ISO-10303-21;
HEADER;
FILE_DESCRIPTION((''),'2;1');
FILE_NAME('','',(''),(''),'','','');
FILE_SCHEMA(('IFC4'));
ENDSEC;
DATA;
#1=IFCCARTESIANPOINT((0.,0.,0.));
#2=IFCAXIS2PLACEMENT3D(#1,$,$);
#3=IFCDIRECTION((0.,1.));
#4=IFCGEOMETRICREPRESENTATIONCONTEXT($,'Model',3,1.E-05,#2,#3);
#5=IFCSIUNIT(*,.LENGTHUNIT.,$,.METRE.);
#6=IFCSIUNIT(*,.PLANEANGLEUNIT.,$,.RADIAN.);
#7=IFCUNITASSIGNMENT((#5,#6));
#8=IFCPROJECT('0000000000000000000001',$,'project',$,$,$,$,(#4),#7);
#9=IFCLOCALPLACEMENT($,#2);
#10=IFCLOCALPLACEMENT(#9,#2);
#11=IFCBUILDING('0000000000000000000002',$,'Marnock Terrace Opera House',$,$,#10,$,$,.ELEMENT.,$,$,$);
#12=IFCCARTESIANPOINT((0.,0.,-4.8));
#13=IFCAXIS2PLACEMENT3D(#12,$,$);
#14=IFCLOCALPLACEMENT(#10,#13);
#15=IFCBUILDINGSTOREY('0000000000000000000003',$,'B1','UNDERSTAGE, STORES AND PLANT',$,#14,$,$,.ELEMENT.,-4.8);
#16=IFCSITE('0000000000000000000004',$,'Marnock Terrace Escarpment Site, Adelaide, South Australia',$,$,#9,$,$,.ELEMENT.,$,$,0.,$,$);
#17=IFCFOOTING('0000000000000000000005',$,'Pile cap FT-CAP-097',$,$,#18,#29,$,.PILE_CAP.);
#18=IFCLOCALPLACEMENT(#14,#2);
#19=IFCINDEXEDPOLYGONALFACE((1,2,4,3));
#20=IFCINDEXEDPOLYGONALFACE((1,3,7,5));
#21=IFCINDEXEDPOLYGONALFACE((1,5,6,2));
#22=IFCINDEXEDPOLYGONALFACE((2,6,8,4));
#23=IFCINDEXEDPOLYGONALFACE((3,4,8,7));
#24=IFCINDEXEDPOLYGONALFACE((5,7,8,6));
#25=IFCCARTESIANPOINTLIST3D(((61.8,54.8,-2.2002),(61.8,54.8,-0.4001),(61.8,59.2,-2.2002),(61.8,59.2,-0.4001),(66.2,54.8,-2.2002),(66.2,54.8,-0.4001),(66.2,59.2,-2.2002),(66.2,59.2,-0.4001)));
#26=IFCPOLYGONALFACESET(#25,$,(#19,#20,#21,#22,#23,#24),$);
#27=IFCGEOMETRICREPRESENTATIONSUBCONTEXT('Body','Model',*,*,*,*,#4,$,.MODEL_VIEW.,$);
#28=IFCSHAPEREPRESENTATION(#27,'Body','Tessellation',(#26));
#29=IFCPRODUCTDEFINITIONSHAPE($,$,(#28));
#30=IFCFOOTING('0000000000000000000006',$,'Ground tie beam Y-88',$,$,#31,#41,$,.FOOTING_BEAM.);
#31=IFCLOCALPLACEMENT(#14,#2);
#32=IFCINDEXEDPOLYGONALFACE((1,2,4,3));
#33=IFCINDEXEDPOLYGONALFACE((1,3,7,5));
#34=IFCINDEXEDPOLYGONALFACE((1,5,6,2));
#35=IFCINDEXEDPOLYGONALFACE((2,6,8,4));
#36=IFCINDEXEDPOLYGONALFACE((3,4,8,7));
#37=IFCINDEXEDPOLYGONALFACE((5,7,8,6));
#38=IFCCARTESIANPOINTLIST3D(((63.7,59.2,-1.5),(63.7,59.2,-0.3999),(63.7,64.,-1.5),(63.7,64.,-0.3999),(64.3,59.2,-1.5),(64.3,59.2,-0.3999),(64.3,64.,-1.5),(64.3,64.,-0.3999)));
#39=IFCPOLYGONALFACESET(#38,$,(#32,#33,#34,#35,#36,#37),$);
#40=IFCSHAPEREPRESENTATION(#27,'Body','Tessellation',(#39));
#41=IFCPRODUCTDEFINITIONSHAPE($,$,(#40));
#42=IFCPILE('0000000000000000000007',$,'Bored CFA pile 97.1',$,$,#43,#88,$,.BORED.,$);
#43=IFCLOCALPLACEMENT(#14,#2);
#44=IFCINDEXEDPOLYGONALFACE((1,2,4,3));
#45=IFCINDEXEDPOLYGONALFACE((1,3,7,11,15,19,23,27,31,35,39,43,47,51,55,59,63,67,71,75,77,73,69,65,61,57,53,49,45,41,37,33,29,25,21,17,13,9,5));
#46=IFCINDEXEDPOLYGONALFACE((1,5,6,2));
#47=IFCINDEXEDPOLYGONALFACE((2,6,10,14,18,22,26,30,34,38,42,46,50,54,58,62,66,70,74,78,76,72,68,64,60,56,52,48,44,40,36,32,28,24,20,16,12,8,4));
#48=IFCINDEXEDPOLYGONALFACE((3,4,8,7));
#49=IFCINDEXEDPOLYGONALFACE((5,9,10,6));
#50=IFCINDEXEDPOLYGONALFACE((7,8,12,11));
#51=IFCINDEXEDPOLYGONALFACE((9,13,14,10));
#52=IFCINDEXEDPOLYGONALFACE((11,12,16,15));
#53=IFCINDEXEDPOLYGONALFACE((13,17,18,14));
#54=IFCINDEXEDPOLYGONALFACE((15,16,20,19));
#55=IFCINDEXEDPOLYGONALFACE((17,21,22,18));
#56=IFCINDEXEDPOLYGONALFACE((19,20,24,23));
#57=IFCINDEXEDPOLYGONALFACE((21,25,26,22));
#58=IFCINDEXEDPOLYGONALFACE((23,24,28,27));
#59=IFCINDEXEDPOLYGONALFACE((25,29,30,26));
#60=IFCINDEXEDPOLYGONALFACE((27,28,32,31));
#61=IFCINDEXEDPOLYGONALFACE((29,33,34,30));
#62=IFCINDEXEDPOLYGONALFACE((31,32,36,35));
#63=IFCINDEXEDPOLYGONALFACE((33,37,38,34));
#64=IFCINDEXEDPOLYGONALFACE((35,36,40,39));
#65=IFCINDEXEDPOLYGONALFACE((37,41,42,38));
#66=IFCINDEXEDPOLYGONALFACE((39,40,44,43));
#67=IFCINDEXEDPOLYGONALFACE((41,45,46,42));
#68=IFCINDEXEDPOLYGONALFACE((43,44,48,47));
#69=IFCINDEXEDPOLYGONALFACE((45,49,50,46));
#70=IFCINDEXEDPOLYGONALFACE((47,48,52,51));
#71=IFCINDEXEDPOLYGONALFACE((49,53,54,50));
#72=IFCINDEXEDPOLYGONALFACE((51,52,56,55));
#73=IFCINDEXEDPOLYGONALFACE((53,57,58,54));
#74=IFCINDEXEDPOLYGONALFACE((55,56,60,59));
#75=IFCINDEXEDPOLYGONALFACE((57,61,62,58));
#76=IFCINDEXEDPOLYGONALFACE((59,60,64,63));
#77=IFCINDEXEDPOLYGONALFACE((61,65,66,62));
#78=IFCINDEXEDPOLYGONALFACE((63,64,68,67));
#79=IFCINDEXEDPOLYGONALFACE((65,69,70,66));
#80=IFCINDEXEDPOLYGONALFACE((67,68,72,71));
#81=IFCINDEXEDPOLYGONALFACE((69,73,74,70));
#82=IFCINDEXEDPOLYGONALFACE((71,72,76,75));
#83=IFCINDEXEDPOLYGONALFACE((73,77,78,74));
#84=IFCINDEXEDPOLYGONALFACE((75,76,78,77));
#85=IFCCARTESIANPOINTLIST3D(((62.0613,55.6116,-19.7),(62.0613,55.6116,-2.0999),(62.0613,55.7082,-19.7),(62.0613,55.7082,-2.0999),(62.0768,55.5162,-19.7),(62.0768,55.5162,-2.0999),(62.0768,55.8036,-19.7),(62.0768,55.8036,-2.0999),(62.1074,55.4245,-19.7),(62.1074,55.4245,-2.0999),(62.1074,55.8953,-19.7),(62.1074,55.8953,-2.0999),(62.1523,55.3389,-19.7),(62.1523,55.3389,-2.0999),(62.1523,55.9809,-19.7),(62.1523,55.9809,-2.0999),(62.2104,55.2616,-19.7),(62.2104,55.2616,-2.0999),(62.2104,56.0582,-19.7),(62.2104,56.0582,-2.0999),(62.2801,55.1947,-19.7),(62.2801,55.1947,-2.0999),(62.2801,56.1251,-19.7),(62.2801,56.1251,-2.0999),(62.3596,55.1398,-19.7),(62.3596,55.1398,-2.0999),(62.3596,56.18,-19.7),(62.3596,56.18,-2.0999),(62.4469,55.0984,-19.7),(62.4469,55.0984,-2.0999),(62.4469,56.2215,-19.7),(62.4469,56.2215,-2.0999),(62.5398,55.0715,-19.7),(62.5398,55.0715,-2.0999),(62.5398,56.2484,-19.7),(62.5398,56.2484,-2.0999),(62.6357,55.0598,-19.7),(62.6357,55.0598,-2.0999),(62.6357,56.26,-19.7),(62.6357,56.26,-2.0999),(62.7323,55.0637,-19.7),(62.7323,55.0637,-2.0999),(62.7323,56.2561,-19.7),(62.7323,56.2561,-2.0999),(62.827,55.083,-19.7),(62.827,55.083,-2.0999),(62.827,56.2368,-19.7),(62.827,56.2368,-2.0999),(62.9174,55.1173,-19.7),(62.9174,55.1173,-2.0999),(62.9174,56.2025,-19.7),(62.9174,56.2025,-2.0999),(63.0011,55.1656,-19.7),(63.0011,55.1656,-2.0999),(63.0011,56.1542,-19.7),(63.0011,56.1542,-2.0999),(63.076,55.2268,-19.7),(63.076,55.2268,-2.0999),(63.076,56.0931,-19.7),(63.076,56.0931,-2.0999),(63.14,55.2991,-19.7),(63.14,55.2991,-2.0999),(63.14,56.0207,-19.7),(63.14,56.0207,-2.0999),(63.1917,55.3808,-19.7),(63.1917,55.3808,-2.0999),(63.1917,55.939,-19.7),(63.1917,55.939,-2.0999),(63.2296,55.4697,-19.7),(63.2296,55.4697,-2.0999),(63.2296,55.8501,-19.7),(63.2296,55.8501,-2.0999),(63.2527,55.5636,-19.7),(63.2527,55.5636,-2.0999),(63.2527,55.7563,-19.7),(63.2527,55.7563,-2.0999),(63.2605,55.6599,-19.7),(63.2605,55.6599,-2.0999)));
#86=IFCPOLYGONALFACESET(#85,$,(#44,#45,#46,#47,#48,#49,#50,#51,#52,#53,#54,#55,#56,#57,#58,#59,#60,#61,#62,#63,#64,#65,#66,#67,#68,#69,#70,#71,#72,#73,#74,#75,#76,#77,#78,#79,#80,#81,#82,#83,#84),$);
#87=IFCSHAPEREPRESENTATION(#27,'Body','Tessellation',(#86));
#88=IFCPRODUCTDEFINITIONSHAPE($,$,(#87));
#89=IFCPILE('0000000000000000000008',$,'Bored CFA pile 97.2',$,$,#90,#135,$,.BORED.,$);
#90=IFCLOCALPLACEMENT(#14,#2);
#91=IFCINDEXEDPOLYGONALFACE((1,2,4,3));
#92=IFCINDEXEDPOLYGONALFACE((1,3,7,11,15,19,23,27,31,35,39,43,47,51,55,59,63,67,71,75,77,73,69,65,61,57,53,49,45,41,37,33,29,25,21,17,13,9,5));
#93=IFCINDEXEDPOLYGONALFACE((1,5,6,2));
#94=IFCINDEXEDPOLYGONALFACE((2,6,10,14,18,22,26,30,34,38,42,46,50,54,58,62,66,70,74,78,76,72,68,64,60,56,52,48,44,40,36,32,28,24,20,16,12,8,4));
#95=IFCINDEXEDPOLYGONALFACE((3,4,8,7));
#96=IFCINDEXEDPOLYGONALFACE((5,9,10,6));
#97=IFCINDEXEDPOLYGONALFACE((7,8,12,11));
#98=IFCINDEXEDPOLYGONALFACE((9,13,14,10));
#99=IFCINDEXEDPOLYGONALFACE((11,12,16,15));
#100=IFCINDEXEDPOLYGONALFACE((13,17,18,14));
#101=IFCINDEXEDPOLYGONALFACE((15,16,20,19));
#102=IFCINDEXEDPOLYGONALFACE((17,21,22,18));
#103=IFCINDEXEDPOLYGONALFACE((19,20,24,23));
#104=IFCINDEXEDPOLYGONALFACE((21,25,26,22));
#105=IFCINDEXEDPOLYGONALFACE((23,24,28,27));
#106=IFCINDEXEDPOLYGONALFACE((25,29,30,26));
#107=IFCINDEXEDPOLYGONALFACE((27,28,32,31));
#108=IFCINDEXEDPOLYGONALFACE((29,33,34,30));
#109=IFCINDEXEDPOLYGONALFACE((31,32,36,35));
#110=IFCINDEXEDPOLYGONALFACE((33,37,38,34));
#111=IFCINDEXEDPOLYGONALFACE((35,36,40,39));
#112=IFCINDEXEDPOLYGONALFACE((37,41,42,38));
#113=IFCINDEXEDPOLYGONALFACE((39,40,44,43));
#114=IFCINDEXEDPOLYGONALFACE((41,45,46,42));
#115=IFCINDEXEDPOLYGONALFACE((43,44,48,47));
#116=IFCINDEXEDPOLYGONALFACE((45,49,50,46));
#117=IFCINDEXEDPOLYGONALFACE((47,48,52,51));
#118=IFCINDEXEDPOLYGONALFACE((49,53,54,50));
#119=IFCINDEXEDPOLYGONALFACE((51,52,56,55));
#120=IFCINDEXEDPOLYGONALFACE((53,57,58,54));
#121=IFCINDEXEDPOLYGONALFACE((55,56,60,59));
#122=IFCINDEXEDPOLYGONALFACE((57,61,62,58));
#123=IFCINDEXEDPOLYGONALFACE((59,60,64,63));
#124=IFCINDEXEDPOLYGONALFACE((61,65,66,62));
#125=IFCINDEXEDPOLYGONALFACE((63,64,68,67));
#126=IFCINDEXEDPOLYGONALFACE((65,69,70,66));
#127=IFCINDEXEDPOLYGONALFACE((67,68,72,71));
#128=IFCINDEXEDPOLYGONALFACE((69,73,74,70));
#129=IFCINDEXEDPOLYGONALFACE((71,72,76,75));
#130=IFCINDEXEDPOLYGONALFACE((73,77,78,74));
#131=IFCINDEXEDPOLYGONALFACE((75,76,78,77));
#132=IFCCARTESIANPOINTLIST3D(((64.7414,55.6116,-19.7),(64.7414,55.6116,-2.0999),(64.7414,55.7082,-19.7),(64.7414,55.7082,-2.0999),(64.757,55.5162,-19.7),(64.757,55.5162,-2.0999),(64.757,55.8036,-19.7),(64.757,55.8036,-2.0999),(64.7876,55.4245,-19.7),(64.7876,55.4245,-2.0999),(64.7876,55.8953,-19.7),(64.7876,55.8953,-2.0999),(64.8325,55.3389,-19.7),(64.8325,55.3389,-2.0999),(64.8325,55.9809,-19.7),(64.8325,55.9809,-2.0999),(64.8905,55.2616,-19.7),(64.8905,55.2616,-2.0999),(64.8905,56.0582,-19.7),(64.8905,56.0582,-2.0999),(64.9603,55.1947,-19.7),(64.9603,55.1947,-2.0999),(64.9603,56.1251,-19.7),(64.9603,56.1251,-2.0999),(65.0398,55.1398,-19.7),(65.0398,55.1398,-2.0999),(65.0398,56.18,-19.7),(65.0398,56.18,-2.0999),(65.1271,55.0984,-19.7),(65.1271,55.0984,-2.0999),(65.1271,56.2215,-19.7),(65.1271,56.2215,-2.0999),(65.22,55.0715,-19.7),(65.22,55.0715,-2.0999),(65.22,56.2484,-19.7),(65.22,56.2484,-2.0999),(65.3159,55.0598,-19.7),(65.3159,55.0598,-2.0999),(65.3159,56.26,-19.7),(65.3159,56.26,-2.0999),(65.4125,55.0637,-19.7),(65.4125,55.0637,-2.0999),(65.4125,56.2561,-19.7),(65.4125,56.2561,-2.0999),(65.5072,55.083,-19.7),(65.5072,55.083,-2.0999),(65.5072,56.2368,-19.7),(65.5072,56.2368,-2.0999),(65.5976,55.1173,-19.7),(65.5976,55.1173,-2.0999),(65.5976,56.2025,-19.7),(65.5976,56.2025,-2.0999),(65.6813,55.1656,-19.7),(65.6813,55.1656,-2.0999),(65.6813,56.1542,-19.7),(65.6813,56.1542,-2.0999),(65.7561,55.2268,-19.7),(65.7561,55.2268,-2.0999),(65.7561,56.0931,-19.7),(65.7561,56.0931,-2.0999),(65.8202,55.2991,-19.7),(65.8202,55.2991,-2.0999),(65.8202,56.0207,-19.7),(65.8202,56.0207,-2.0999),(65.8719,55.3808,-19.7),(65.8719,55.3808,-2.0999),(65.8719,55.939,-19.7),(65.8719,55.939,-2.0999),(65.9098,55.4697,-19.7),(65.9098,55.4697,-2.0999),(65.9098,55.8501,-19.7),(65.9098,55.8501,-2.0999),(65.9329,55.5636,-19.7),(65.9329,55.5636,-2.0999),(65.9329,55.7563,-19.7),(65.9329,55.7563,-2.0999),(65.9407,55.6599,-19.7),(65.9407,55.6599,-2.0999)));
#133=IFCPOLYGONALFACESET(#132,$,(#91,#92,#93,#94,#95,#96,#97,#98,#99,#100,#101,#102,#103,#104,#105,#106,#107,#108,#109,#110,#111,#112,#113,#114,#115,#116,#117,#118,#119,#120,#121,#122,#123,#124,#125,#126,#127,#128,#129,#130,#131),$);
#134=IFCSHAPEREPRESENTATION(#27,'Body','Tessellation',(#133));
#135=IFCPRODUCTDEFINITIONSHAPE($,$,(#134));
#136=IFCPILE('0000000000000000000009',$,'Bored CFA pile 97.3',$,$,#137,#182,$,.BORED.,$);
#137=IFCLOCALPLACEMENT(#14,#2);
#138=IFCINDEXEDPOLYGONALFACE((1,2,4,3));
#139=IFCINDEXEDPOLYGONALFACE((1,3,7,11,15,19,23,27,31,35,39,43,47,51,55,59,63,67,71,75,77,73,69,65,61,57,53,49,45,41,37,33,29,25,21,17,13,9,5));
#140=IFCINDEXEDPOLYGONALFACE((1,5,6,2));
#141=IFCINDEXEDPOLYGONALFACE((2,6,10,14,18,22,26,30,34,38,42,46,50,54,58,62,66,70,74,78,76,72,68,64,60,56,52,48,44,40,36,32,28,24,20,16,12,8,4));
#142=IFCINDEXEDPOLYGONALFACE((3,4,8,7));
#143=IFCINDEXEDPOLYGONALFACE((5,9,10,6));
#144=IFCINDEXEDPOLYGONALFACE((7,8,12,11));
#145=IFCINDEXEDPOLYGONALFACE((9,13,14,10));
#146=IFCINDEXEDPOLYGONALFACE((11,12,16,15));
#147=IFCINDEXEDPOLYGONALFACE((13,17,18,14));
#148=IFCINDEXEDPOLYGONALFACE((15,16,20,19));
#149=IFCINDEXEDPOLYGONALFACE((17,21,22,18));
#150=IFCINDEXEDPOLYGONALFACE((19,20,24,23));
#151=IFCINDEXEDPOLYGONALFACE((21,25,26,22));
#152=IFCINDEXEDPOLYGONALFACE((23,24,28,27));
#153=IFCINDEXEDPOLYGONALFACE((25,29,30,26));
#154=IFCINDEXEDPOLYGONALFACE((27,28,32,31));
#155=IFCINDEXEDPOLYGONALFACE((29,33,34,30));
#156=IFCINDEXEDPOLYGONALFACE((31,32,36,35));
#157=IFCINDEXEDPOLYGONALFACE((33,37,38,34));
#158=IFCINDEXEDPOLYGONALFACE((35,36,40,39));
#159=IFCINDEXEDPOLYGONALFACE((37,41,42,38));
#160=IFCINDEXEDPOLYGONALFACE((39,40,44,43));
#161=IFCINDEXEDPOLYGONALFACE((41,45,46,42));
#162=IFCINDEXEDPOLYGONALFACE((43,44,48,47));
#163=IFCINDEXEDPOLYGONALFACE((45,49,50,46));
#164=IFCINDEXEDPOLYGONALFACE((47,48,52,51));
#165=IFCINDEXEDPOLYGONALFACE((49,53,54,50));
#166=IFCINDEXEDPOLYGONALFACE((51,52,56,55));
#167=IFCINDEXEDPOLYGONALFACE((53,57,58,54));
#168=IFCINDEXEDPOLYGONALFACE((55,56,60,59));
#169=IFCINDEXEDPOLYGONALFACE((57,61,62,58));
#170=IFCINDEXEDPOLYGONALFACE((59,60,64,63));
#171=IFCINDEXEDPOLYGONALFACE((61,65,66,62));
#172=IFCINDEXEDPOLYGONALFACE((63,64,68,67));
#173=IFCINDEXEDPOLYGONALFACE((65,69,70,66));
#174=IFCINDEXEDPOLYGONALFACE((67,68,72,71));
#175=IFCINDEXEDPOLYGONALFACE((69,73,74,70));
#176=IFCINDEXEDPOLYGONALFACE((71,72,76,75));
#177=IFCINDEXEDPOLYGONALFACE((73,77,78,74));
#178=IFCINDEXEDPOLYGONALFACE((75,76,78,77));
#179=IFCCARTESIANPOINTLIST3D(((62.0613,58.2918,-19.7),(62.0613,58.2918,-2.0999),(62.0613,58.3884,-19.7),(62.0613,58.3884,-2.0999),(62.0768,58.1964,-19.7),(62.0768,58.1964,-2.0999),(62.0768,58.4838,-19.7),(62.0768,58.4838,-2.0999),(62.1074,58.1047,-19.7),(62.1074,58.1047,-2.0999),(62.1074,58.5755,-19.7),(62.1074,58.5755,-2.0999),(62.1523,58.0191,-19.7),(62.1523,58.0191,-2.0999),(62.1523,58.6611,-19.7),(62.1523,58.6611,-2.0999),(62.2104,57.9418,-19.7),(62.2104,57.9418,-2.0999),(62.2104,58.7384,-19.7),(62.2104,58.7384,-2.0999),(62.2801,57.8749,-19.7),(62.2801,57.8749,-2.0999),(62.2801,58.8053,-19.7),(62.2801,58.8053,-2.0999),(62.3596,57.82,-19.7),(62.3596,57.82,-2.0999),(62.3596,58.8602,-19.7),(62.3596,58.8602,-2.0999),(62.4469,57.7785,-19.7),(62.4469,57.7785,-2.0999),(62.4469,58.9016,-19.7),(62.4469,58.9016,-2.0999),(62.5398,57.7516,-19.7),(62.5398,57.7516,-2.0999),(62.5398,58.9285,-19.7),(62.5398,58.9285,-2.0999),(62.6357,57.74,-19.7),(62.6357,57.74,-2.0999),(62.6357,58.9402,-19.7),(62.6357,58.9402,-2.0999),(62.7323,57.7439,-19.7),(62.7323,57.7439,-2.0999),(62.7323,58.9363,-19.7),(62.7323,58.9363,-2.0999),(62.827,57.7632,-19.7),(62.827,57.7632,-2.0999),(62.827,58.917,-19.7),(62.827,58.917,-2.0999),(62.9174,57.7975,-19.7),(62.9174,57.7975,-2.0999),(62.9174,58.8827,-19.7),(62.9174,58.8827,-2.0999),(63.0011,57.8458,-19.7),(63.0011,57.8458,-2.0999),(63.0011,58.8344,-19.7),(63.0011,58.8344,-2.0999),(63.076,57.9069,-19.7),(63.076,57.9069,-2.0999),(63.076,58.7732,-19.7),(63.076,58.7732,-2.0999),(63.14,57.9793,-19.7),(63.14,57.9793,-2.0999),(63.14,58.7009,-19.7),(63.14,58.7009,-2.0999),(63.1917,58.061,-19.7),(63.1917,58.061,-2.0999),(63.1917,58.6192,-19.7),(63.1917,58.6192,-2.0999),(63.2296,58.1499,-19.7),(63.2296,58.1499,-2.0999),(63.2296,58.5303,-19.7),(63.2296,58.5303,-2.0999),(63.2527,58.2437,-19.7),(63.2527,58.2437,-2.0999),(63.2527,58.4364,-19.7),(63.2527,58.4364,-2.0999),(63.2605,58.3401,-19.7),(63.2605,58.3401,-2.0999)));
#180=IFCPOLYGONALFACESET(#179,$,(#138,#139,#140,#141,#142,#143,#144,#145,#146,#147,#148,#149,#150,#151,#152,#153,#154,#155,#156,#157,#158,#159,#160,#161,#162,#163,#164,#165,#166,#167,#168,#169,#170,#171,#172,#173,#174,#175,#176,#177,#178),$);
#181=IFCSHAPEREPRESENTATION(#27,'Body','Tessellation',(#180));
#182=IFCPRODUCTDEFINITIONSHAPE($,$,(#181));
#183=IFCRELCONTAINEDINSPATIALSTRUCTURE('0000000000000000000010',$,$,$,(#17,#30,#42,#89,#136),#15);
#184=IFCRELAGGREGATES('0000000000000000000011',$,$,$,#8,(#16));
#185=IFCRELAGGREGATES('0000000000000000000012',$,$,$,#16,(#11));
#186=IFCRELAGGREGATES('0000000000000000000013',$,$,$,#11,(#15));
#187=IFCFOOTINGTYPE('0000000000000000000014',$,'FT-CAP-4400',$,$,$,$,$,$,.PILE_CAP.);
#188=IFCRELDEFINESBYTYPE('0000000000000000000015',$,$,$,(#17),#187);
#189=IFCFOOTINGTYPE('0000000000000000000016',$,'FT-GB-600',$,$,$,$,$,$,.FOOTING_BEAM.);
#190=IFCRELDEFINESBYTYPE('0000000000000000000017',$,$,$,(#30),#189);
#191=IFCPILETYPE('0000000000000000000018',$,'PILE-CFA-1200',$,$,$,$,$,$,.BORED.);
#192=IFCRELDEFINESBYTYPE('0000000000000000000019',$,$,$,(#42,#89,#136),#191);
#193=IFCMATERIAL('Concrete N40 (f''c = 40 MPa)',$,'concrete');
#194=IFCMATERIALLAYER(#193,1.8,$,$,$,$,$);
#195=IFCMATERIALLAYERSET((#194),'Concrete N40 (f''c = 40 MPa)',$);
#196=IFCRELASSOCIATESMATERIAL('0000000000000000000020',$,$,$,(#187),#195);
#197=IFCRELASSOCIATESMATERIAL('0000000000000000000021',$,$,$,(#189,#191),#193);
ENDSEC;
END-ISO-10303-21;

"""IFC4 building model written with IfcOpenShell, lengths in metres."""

from ifc_helpers import new_model, si_unit, direction, frame, origin, origin_2d, place, context, subcontext, project, spatial, rectangle, circle, extrude, material, layer, layer_set, material_profile, profile_set, type_object, element, save


model = new_model("IFC4")

# Units and contexts
model_context = context("Model", 3, precision=1e-05, world=origin(), true_north=direction((0.0, 1.0)))
body_context = subcontext(model_context, "Body", "Model", "MODEL_VIEW")
ifc_project = project(units=[si_unit("LENGTHUNIT", "METRE"), si_unit("PLANEANGLEUNIT", "RADIAN")], contexts=[model_context])

# Site, building, storey
site_placement = place(None, origin())
site = spatial("IfcSite", under=ifc_project, at=site_placement, Name="Marnock Terrace Escarpment Site, Adelaide, South Australia", CompositionType="ELEMENT", RefElevation=0.0)
building_placement = place(site_placement, origin())
building = spatial("IfcBuilding", under=site, at=building_placement, Name="Marnock Terrace Opera House", CompositionType="ELEMENT")
storey_placement = place(building_placement, frame((0.0, 0.0, -4.8)))
storey = spatial("IfcBuildingStorey", under=building, at=storey_placement, Name="B1", Description="UNDERSTAGE, STORES AND PLANT", CompositionType="ELEMENT", Elevation=-4.8)

# Footings
ifc_material_1 = material(Name="Concrete N40 (f'c = 40 MPa)", Category="concrete")
ifc_layer_1 = layer(ifc_material_1, 1.8)
ifc_layer_set_1 = layer_set([ifc_layer_1], Name="Concrete N40 (f'c = 40 MPa)")
footing_type_1 = type_object("IfcFootingType", Name="FT-CAP-4400", PredefinedType="PILE_CAP", material=ifc_layer_set_1)
footing_1_placement = place(storey_placement, frame((64.0, 57.0, -2.2002), z_axis=(0.0, 0.0, 1.0), x_axis=(1.0, 0.0, 0.0)))
element("IfcFooting", 1, at=footing_1_placement, inside=storey, type_object=footing_type_1, Name="Pile cap FT-CAP-097", PredefinedType="PILE_CAP", context=body_context, shape_type="SweptSolid", body=[
    extrude(rectangle(XDim=4.3999, YDim=4.3999, at=origin_2d()), origin(), (0.0, 0.0, 1.0), 1.8),
])
ifc_material_profile_1 = material_profile(ifc_material_1, rectangle(XDim=0.6001, YDim=1.1001, at=origin_2d()))
ifc_profile_set_1 = profile_set([ifc_material_profile_1], Name="Concrete N40 (f'c = 40 MPa)")
footing_type_2 = type_object("IfcFootingType", Name="FT-GB-600", PredefinedType="FOOTING_BEAM", material=ifc_profile_set_1)
footing_2_placement = place(storey_placement, frame((64.0, 59.2, -0.95), z_axis=(0.0, 1.0, 0.0), x_axis=(-1.0, 0.0, 0.0)))
element("IfcFooting", 2, at=footing_2_placement, inside=storey, type_object=footing_type_2, Name="Ground tie beam Y-88", PredefinedType="FOOTING_BEAM", context=body_context, shape_type="SweptSolid", body=[
    extrude(rectangle(XDim=0.6001, YDim=1.1001, at=origin_2d()), origin(), (0.0, 0.0, 1.0), 4.8),
])

# Piles
ifc_material_profile_2 = material_profile(ifc_material_1, circle(Radius=0.6006, at=origin_2d()))
ifc_profile_set_2 = profile_set([ifc_material_profile_2], Name="Concrete N40 (f'c = 40 MPa)")
pile_type = type_object("IfcPileType", Name="PILE-CFA-1200", PredefinedType="BORED", material=ifc_profile_set_2)
for number, where, z_axis, x_axis, name in (
    (3, (62.6599, 55.6599, -2.0999), (0.0, 0.0, -1.0), (1.0, 0.0, 0.0), "Bored CFA pile 97.1"),
    (4, (65.3401, 55.6599, -2.0999), (0.0, 0.0, -1.0), (1.0, 0.0, 0.0), "Bored CFA pile 97.2"),
    (5, (62.6599, 58.3401, -2.0999), (0.0, 0.0, -1.0), (1.0, 0.0, 0.0), "Bored CFA pile 97.3"),
):
    element("IfcPile", number, at=place(storey_placement, frame(where, z_axis=z_axis, x_axis=x_axis)), inside=storey, type_object=pile_type, Name=name, PredefinedType="BORED", context=body_context, shape_type="SweptSolid", body=[
        extrude(circle(Radius=0.6006, at=origin_2d()), origin(), (0.0, 0.0, 1.0), 17.6001),
    ])

save(model, "model.ifc")
